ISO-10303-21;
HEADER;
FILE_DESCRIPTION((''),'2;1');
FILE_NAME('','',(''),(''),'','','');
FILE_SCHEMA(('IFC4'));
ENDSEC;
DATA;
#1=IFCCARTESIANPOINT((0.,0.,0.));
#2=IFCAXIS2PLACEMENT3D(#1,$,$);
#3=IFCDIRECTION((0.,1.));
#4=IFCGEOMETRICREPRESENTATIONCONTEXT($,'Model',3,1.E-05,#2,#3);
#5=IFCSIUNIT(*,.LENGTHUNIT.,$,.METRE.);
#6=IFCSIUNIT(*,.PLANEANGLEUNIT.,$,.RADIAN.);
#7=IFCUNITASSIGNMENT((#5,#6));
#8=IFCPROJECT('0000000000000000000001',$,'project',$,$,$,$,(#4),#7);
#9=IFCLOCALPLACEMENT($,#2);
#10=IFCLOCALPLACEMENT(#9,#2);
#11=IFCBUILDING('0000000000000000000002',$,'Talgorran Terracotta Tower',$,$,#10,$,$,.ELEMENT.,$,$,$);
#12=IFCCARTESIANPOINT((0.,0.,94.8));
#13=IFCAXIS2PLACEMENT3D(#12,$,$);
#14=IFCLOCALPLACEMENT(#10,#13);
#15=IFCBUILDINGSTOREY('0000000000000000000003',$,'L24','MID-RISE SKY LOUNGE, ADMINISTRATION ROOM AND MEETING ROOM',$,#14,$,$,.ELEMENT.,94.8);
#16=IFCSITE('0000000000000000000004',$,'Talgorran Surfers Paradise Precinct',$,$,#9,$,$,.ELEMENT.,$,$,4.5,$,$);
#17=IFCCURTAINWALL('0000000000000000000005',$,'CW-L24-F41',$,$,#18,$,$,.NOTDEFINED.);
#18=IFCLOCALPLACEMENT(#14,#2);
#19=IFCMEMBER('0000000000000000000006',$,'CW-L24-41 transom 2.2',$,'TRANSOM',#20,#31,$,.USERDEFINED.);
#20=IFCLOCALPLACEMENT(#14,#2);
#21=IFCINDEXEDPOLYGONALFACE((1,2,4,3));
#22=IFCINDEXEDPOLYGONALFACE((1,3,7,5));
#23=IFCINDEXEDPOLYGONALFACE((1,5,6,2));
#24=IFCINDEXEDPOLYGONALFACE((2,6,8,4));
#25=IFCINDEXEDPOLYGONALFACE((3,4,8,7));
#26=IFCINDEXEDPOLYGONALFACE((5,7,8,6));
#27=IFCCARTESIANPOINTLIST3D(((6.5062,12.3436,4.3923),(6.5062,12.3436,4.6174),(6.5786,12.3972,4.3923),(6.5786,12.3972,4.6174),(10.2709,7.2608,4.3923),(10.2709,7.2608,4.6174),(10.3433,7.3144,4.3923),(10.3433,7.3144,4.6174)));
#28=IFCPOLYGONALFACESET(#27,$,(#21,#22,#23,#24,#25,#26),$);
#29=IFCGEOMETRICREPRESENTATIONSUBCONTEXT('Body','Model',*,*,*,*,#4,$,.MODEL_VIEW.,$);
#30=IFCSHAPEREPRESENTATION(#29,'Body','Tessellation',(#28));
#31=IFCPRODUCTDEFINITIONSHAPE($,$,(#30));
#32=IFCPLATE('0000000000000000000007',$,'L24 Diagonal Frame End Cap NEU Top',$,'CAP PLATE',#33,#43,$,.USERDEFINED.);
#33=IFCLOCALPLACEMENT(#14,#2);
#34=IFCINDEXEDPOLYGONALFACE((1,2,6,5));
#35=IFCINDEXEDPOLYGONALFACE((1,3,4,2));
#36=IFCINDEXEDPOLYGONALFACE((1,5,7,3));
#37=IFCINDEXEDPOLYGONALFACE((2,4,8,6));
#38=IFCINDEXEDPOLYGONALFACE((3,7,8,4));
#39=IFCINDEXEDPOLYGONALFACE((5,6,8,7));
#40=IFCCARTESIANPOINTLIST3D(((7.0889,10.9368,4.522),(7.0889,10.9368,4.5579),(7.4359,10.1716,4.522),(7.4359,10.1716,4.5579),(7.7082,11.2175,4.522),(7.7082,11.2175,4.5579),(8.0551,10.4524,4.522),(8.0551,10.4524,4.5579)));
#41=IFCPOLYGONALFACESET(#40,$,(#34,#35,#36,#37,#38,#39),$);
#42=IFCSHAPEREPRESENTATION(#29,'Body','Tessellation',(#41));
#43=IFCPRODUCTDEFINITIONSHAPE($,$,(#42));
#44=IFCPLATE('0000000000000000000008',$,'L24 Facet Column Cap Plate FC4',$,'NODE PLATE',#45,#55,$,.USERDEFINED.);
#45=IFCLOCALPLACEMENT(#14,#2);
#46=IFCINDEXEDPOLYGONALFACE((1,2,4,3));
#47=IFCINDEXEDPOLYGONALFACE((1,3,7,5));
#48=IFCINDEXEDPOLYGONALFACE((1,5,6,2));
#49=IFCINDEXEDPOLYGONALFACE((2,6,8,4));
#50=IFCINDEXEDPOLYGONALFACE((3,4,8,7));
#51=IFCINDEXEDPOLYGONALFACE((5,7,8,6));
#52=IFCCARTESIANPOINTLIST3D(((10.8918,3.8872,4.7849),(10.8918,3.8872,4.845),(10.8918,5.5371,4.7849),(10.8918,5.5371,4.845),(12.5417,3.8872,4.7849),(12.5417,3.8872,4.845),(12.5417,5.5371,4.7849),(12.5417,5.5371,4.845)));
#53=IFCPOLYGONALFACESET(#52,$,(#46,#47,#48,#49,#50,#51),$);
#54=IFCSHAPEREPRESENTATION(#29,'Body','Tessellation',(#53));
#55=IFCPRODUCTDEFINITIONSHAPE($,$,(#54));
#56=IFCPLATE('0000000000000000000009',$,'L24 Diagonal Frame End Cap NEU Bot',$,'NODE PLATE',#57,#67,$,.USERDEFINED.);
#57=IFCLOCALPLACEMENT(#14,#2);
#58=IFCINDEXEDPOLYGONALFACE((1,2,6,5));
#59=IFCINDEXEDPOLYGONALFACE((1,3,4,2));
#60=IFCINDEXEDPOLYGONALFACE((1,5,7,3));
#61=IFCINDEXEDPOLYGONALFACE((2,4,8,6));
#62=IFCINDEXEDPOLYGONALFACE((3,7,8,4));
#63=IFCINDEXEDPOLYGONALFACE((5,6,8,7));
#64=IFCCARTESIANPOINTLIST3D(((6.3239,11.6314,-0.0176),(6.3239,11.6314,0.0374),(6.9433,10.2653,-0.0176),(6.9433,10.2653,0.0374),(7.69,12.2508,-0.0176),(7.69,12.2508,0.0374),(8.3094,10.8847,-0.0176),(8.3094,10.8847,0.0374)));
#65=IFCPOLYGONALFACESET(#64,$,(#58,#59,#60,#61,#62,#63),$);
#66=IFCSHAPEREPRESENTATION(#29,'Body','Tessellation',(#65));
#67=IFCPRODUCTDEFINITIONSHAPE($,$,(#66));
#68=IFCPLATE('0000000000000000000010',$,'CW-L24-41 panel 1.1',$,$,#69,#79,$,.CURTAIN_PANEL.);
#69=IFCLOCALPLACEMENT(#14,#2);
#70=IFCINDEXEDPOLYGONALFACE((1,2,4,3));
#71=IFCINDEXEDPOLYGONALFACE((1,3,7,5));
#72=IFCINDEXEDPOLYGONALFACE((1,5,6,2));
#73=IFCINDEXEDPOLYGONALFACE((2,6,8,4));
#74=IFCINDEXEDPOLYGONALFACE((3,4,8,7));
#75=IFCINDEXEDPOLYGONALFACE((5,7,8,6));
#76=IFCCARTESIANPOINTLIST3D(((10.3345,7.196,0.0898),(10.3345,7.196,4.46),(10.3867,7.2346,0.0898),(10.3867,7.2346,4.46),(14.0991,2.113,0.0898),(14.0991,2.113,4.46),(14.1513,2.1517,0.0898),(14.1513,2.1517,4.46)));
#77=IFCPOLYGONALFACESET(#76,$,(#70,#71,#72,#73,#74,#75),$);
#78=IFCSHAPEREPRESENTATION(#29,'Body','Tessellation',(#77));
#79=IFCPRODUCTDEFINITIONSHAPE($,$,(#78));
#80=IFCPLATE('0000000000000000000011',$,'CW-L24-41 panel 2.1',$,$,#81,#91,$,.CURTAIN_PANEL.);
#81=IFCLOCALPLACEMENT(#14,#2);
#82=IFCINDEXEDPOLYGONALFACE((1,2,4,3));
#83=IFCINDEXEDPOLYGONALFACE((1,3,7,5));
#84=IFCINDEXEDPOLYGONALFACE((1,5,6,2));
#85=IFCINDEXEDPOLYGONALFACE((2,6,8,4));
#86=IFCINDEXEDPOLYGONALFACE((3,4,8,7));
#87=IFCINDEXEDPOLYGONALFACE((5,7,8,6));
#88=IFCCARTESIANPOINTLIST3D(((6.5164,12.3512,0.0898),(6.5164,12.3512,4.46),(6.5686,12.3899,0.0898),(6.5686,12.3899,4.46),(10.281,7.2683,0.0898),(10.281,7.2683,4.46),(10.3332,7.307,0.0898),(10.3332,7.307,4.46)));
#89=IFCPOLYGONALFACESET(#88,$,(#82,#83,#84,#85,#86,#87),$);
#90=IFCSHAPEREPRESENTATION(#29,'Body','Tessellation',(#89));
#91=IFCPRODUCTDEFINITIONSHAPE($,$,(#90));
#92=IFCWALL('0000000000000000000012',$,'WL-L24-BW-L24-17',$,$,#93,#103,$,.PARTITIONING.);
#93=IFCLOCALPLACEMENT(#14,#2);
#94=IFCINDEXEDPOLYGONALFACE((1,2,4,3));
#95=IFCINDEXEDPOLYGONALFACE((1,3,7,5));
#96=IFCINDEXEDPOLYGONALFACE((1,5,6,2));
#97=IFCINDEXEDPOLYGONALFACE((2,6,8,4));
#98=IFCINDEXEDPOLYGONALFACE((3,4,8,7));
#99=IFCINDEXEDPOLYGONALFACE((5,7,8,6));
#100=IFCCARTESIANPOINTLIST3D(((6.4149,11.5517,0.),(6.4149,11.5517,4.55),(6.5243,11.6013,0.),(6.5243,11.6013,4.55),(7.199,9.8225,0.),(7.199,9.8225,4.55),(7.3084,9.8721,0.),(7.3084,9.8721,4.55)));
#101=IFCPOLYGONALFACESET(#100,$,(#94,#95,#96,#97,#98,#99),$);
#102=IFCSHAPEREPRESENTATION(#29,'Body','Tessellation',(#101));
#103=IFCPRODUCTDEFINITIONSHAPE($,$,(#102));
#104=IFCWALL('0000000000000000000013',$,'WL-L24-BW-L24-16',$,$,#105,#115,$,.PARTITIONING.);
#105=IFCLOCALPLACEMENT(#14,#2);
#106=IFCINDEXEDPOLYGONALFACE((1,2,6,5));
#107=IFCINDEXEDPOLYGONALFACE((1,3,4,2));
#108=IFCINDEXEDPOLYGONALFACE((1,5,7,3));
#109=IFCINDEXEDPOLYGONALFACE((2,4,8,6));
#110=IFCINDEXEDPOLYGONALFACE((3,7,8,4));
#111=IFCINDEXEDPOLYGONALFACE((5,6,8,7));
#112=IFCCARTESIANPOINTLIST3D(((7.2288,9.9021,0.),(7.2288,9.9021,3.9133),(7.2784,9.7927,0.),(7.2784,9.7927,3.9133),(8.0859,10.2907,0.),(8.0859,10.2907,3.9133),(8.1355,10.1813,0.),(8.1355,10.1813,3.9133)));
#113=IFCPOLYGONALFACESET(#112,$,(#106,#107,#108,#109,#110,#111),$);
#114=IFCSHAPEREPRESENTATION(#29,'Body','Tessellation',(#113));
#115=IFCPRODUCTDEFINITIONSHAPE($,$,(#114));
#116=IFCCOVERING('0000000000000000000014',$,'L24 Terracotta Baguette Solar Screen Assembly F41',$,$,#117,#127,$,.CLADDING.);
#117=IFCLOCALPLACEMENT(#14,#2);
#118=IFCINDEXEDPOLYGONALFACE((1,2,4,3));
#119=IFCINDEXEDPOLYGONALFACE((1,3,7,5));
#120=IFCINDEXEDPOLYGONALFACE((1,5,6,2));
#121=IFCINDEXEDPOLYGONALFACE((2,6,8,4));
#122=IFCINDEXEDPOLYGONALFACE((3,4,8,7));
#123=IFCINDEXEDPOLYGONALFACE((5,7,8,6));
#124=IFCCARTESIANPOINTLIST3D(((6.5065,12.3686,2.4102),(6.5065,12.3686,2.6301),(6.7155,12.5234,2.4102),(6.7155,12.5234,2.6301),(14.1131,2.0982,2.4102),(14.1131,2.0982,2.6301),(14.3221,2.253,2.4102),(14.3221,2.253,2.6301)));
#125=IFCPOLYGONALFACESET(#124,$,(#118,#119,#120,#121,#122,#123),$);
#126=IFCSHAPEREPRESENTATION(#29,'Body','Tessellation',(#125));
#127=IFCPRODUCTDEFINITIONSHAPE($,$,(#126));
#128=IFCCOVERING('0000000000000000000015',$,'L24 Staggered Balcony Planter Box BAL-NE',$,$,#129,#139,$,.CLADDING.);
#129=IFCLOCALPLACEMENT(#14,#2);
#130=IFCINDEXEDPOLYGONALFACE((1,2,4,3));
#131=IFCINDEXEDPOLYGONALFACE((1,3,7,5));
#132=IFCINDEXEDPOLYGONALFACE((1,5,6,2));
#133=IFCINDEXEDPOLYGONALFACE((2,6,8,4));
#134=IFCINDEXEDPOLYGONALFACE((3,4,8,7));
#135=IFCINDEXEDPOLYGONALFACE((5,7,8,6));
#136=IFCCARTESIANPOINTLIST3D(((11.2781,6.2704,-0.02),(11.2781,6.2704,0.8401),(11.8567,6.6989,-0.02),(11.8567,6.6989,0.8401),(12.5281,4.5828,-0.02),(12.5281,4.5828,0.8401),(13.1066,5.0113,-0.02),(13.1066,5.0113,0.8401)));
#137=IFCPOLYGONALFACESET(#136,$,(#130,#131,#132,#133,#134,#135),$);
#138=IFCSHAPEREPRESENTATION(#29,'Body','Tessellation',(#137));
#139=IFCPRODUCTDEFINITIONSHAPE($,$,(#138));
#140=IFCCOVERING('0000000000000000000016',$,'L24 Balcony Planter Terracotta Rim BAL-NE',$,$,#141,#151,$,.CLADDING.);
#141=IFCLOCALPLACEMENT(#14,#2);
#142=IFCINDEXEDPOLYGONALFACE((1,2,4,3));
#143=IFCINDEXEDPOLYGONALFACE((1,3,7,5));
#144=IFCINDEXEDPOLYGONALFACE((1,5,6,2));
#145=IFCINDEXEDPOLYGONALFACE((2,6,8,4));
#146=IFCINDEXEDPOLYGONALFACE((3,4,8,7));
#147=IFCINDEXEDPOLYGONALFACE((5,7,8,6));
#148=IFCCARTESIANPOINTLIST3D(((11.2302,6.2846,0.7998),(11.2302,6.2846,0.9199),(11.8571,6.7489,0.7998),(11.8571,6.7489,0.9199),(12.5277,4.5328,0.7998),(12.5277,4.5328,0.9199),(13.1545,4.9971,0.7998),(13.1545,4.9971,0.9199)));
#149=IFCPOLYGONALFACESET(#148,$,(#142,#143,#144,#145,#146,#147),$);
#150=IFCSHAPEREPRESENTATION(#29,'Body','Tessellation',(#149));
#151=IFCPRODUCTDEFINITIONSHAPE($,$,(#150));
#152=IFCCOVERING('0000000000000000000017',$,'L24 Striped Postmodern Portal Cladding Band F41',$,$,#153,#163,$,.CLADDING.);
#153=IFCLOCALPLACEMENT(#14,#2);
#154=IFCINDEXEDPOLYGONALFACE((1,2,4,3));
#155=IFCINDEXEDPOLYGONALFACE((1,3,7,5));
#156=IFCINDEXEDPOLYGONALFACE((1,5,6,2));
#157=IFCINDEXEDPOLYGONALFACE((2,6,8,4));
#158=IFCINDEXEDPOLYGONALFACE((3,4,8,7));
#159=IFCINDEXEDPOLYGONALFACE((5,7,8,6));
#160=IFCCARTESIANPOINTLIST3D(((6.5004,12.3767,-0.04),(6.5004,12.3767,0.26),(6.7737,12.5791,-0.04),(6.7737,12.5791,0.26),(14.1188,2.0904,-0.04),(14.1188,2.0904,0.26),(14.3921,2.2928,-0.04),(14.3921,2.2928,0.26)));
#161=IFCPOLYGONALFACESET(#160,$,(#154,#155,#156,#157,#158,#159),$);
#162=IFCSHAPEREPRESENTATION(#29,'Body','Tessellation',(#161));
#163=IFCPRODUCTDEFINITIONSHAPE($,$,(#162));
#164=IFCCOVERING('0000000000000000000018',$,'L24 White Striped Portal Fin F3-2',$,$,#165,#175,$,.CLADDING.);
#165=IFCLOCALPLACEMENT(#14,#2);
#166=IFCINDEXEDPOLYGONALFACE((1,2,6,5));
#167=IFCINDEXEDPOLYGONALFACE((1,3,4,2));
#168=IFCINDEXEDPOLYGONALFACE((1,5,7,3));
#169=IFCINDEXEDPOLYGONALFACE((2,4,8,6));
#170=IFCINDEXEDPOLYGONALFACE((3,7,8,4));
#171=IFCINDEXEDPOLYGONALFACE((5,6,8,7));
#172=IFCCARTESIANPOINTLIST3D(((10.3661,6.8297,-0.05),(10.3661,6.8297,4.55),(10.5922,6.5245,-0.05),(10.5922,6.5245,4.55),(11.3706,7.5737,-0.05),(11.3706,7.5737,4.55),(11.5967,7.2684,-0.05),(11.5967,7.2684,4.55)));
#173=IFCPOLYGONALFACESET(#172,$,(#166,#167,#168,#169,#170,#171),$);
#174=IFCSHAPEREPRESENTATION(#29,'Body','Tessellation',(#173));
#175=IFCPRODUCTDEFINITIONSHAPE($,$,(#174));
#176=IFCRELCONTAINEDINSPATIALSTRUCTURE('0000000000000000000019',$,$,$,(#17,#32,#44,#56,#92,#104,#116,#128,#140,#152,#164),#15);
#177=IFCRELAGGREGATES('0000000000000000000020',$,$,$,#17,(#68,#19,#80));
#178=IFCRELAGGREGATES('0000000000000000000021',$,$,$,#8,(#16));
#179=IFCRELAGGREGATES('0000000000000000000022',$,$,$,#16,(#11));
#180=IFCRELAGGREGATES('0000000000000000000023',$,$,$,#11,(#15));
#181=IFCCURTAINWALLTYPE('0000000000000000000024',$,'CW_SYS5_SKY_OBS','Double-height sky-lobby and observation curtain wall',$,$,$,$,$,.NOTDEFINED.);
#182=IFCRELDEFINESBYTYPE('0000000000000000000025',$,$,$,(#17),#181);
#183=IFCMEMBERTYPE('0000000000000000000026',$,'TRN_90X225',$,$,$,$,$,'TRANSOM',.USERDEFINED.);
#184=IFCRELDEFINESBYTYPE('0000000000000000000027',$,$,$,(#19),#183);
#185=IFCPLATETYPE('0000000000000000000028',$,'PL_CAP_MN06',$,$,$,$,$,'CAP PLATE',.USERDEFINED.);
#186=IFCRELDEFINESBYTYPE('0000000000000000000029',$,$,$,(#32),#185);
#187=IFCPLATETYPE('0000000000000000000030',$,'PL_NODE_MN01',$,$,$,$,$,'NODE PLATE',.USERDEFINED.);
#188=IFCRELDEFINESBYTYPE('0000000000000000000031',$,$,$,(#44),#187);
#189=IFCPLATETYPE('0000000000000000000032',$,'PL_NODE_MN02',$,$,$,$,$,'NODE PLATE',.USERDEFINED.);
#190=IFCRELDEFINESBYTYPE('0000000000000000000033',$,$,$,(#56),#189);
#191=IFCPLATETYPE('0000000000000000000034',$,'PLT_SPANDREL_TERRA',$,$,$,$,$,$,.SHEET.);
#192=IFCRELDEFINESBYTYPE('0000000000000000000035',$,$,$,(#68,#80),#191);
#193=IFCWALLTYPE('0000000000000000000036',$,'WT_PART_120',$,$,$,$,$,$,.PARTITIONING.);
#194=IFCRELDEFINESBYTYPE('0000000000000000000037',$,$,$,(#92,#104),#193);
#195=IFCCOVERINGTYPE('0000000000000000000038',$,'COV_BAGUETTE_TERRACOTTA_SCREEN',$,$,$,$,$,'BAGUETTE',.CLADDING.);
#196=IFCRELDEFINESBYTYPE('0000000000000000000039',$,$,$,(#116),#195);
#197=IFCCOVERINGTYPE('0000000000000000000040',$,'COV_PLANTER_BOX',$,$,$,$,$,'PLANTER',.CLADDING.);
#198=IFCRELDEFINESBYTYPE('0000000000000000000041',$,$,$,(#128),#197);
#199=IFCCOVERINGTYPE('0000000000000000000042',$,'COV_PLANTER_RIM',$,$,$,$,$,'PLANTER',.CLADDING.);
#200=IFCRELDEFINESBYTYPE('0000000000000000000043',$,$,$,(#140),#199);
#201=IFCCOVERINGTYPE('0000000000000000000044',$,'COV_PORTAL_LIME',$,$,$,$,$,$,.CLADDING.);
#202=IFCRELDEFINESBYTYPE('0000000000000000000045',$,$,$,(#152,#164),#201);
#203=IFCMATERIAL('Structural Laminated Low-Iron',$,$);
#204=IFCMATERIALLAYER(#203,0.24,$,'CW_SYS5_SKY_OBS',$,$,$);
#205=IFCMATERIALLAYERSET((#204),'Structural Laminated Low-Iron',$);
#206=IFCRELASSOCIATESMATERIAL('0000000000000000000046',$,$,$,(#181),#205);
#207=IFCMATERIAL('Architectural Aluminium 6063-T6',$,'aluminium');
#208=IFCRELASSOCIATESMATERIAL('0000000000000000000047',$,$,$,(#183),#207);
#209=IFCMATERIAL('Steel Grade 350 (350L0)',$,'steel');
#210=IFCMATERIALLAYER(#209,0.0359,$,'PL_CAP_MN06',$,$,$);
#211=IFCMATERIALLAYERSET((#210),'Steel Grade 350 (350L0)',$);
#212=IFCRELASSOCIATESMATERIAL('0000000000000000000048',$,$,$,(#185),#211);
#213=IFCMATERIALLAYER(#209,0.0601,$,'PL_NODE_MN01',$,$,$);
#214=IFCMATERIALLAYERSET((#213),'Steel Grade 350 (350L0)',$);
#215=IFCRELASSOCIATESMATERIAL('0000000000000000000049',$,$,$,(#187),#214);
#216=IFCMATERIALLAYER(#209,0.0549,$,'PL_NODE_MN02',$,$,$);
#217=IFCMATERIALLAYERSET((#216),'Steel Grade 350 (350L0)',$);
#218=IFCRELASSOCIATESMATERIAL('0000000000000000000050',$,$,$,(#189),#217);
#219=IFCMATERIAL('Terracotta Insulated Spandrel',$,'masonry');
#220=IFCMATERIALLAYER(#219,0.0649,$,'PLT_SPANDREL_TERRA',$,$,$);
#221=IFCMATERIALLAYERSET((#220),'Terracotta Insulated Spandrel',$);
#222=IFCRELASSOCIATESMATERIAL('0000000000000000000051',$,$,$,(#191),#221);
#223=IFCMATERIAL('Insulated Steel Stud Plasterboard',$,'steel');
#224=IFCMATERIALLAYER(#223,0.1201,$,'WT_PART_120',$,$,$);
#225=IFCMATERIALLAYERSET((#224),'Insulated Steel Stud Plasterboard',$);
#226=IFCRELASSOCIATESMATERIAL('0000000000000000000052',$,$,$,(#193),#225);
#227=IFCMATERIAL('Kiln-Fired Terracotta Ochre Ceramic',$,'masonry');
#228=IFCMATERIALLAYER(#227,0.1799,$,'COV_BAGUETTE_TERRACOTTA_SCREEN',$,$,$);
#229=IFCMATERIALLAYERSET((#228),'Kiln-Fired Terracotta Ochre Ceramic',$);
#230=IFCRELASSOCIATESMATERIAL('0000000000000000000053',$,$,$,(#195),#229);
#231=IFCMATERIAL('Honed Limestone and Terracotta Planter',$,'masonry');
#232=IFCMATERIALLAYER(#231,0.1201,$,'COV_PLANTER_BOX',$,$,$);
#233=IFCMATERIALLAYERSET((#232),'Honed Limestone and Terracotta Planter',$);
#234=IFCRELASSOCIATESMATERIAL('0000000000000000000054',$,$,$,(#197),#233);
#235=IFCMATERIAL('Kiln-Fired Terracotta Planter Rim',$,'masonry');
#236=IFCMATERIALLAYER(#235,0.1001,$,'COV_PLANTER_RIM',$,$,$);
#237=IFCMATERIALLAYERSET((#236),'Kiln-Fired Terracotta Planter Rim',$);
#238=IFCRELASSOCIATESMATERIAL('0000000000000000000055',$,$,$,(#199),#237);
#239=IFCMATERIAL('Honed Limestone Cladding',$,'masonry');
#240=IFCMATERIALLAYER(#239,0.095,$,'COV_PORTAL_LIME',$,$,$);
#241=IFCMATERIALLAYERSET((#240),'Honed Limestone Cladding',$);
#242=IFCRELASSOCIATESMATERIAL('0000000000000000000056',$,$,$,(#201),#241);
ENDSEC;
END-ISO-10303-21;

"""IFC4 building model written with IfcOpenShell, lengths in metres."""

from ifc_helpers import new_model, si_unit, direction, frame, frame_2d, origin, origin_2d, place, context, subcontext, project, spatial, rectangle, extrude, source, transform, mapped, material, layer, layer_set, material_profile, profile_set, type_object, type_shapes, element, aggregate, save


model = new_model("IFC4")

# Units and contexts
model_context = context("Model", 3, precision=1e-05, world=origin(), true_north=direction((0.0, 1.0)))
body_context = subcontext(model_context, "Body", "Model", "MODEL_VIEW")
ifc_project = project(units=[si_unit("LENGTHUNIT", "METRE"), si_unit("PLANEANGLEUNIT", "RADIAN")], contexts=[model_context])

# Site, building, storey
site_placement = place(None, origin())
site = spatial("IfcSite", under=ifc_project, at=site_placement, Name="Talgorran Surfers Paradise Precinct", CompositionType="ELEMENT", RefElevation=4.5)
building_placement = place(site_placement, origin())
building = spatial("IfcBuilding", under=site, at=building_placement, Name="Talgorran Terracotta Tower", CompositionType="ELEMENT")
storey_placement = place(building_placement, frame((0.0, 0.0, 94.8)))
storey = spatial("IfcBuildingStorey", under=building, at=storey_placement, Name="L24", Description="MID-RISE SKY LOUNGE, ADMINISTRATION ROOM AND MEETING ROOM", CompositionType="ELEMENT", Elevation=94.8)

# Shared definitions
ifc_material_1 = material(Name="Steel Grade 350 (350L0)", Category="steel")

# Curtain wall, member
ifc_material_2 = material(Name="Structural Laminated Low-Iron")
ifc_layer_1 = layer(ifc_material_2, 0.24, Name="CW_SYS5_SKY_OBS")
ifc_layer_set_1 = layer_set([ifc_layer_1], Name="Structural Laminated Low-Iron")
curtain_wall_type = type_object("IfcCurtainWallType", Name="CW_SYS5_SKY_OBS", Description="Double-height sky-lobby and observation curtain wall", PredefinedType="NOTDEFINED", material=ifc_layer_set_1)
curtain_wall_placement = place(storey_placement, origin())
curtain_wall = element("IfcCurtainWall", 1, at=curtain_wall_placement, inside=storey, type_object=curtain_wall_type, Name="CW-L24-F41", PredefinedType="NOTDEFINED")
ifc_material_3 = material(Name="Architectural Aluminium 6063-T6", Category="aluminium")
ifc_material_profile_1 = material_profile(ifc_material_3, rectangle(XDim=0.0901, YDim=0.2251, at=origin_2d()), Name="CWT90X225")
ifc_profile_set_1 = profile_set([ifc_material_profile_1], Name="Architectural Aluminium 6063-T6")
member_type_1 = type_object("IfcMemberType", Name="TRN_90X225", ElementType="TRANSOM", PredefinedType="USERDEFINED", material=ifc_profile_set_1)
member_1_placement = place(storey_placement, frame((10.3071, 7.2876, 4.5049), z_axis=(-0.595191, 0.803585, 0.0), x_axis=(-0.803585, -0.595191, 0.0)))
member_1 = element("IfcMember", 2, at=member_1_placement, type_object=member_type_1, Name="CW-L24-41 transom 2.2", ObjectType="TRANSOM", PredefinedType="USERDEFINED", context=body_context, shape_type="SweptSolid", body=[
    extrude(rectangle(XDim=0.0901, YDim=0.2251, at=origin_2d()), origin(), (0.0, 0.0, 1.0), 6.3252),
])

# Plates
ifc_layer_2 = layer(ifc_material_1, 0.0359, Name="PL_CAP_MN06")
ifc_layer_set_2 = layer_set([ifc_layer_2], Name="Steel Grade 350 (350L0)")
plate_type_1 = type_object("IfcPlateType", Name="PL_CAP_MN06", ElementType="CAP PLATE", PredefinedType="USERDEFINED", material=ifc_layer_set_2)
plate_1_placement = place(storey_placement, frame((7.572, 10.6946, 4.522), z_axis=(0.0, 0.0, 1.0), x_axis=(0.412945, -0.910756, 0.0)))
element("IfcPlate", 3, at=plate_1_placement, inside=storey, type_object=plate_type_1, Name="L24 Diagonal Frame End Cap NEU Top", ObjectType="CAP PLATE", PredefinedType="USERDEFINED", context=body_context, shape_type="SweptSolid", body=[
    extrude(rectangle(XDim=0.8401, YDim=0.6799, at=origin_2d()), origin(), (0.0, 0.0, 1.0), 0.0359),
])
ifc_layer_3 = layer(ifc_material_1, 0.0601, Name="PL_NODE_MN01")
ifc_layer_set_3 = layer_set([ifc_layer_3], Name="Steel Grade 350 (350L0)")
plate_type_2 = type_object("IfcPlateType", Name="PL_NODE_MN01", ElementType="NODE PLATE", PredefinedType="USERDEFINED", material=ifc_layer_set_3)
plate_2_placement = place(storey_placement, frame((11.7168, 4.7122, 4.7849), z_axis=(0.0, 0.0, 1.0), x_axis=(1.0, 0.0, 0.0)))
element("IfcPlate", 4, at=plate_2_placement, inside=storey, type_object=plate_type_2, Name="L24 Facet Column Cap Plate FC4", ObjectType="NODE PLATE", PredefinedType="USERDEFINED", context=body_context, shape_type="SweptSolid", body=[
    extrude(rectangle(XDim=1.6499, YDim=1.6499, at=origin_2d()), origin(), (0.0, 0.0, 1.0), 0.0601),
])
ifc_layer_4 = layer(ifc_material_1, 0.0549, Name="PL_NODE_MN02")
ifc_layer_set_4 = layer_set([ifc_layer_4], Name="Steel Grade 350 (350L0)")
plate_type_3 = type_object("IfcPlateType", Name="PL_NODE_MN02", ElementType="NODE PLATE", PredefinedType="USERDEFINED", material=ifc_layer_set_4)
plate_3_placement = place(storey_placement, frame((7.3167, 11.2581, -0.0176), z_axis=(0.0, 0.0, 1.0), x_axis=(0.412945, -0.910756, 0.0)))
element("IfcPlate", 5, at=plate_3_placement, inside=storey, type_object=plate_type_3, Name="L24 Diagonal Frame End Cap NEU Bot", ObjectType="NODE PLATE", PredefinedType="USERDEFINED", context=body_context, shape_type="SweptSolid", body=[
    extrude(rectangle(XDim=1.5, YDim=1.5, at=origin_2d()), origin(), (0.0, 0.0, 1.0), 0.0549),
])

# Plates
ifc_material_4 = material(Name="Terracotta Insulated Spandrel", Category="masonry")
ifc_layer_5 = layer(ifc_material_4, 0.0649, Name="PLT_SPANDREL_TERRA")
ifc_layer_set_5 = layer_set([ifc_layer_5], Name="Terracotta Insulated Spandrel")
plate_type_4 = type_object("IfcPlateType", Name="PLT_SPANDREL_TERRA", PredefinedType="SHEET", material=ifc_layer_set_5)
shared_shape = source(origin(), body_context, "Body", "SweptSolid", [
    extrude(rectangle(XDim=6.3252, YDim=0.0649, at=origin_2d()), origin(), (0.0, 0.0, 1.0), 4.3701),
])
type_shapes(plate_type_4, [shared_shape])
plate_4_placement = place(storey_placement, frame((12.2429, 4.6738, 0.0898), z_axis=(0.0, 0.0, 1.0), x_axis=(-0.595174, 0.803597, 0.0)))
plate_4 = element("IfcPlate", 6, at=plate_4_placement, type_object=plate_type_4, Name="CW-L24-41 panel 1.1", PredefinedType="CURTAIN_PANEL", context=body_context, shape_type="MappedRepresentation", body=[
    mapped(shared_shape, transform((0.0, 0.0, 0.0), scale=1.0)),
])
plate_5_placement = place(storey_placement, frame((8.4248, 9.8291, 0.0898), z_axis=(0.0, 0.0, 1.0), x_axis=(-0.595174, 0.803597, 0.0)))
plate_5 = element("IfcPlate", 7, at=plate_5_placement, type_object=plate_type_4, Name="CW-L24-41 panel 2.1", PredefinedType="CURTAIN_PANEL", context=body_context, shape_type="MappedRepresentation", body=[
    mapped(shared_shape, transform((0.0, 0.0, 0.0), scale=1.0)),
])
aggregate(curtain_wall, [plate_4, member_1, plate_5])

# Walls
ifc_material_5 = material(Name="Insulated Steel Stud Plasterboard", Category="steel")
ifc_layer_6 = layer(ifc_material_5, 0.1201, Name="WT_PART_120")
ifc_layer_set_6 = layer_set([ifc_layer_6], Name="Insulated Steel Stud Plasterboard")
wall_type = type_object("IfcWallType", Name="WT_PART_120", PredefinedType="PARTITIONING", material=ifc_layer_set_6)
wall_1_placement = place(storey_placement, frame((7.2537, 9.8474, 0.0), z_axis=(0.0, 0.0, 1.0), x_axis=(-0.412999, 0.910732, 0.0)))
element("IfcWall", 8, at=wall_1_placement, inside=storey, type_object=wall_type, Name="WL-L24-BW-L24-17", PredefinedType="PARTITIONING", context=body_context, shape_type="SweptSolid", body=[
    extrude(rectangle(XDim=1.8987, YDim=0.1201, at=frame_2d((0.9492, 0.0))), origin(), (0.0, 0.0, 1.0), 4.55),
])
wall_2_placement = place(storey_placement, frame((8.1108, 10.2361, 0.0), z_axis=(0.0, 0.0, 1.0), x_axis=(-0.910748, -0.412962, 0.0)))
element("IfcWall", 9, at=wall_2_placement, inside=storey, type_object=wall_type, Name="WL-L24-BW-L24-16", PredefinedType="PARTITIONING", context=body_context, shape_type="SweptSolid", body=[
    extrude(rectangle(XDim=0.9412, YDim=0.1201, at=frame_2d((0.4707, 0.0))), origin(), (0.0, 0.0, 1.0), 3.9133),
])

# Coverings
ifc_material_6 = material(Name="Kiln-Fired Terracotta Ochre Ceramic", Category="masonry")
ifc_layer_7 = layer(ifc_material_6, 0.1799, Name="COV_BAGUETTE_TERRACOTTA_SCREEN")
ifc_layer_set_7 = layer_set([ifc_layer_7], Name="Kiln-Fired Terracotta Ochre Ceramic")
covering_type_1 = type_object("IfcCoveringType", Name="COV_BAGUETTE_TERRACOTTA_SCREEN", ElementType="BAGUETTE", PredefinedType="CLADDING", material=ifc_layer_set_7)
covering_1_placement = place(storey_placement, frame((10.4143, 7.3108, 2.4102), z_axis=(0.0, 0.0, 1.0), x_axis=(-0.595173, 0.803597, 0.0)))
element("IfcCovering", 10, at=covering_1_placement, inside=storey, type_object=covering_type_1, Name="L24 Terracotta Baguette Solar Screen Assembly F41", PredefinedType="CLADDING", context=body_context, shape_type="SweptSolid", body=[
    extrude(rectangle(XDim=12.7805, YDim=0.26, at=origin_2d()), origin(), (0.0, 0.0, 1.0), 0.22),
])
ifc_material_7 = material(Name="Honed Limestone and Terracotta Planter", Category="masonry")
ifc_layer_8 = layer(ifc_material_7, 0.1201, Name="COV_PLANTER_BOX")
ifc_layer_set_8 = layer_set([ifc_layer_8], Name="Honed Limestone and Terracotta Planter")
covering_type_2 = type_object("IfcCoveringType", Name="COV_PLANTER_BOX", ElementType="PLANTER", PredefinedType="CLADDING", material=ifc_layer_set_8)
covering_2_placement = place(storey_placement, frame((12.1924, 5.6409, -0.02), z_axis=(0.0, 0.0, 1.0), x_axis=(-0.595173, 0.803597, 0.0)))
element("IfcCovering", 11, at=covering_2_placement, inside=storey, type_object=covering_type_2, Name="L24 Staggered Balcony Planter Box BAL-NE", PredefinedType="CLADDING", context=body_context, shape_type="SweptSolid", body=[
    extrude(rectangle(XDim=2.1001, YDim=0.72, at=origin_2d()), origin(), (0.0, 0.0, 1.0), 0.8601),
])
ifc_material_8 = material(Name="Kiln-Fired Terracotta Planter Rim", Category="masonry")
ifc_layer_9 = layer(ifc_material_8, 0.1001, Name="COV_PLANTER_RIM")
ifc_layer_set_9 = layer_set([ifc_layer_9], Name="Kiln-Fired Terracotta Planter Rim")
covering_type_3 = type_object("IfcCoveringType", Name="COV_PLANTER_RIM", ElementType="PLANTER", PredefinedType="CLADDING", material=ifc_layer_set_9)
covering_3_placement = place(storey_placement, frame((12.1924, 5.6409, 0.7998), z_axis=(0.0, 0.0, 1.0), x_axis=(-0.595173, 0.803597, 0.0)))
element("IfcCovering", 12, at=covering_3_placement, inside=storey, type_object=covering_type_3, Name="L24 Balcony Planter Terracotta Rim BAL-NE", PredefinedType="CLADDING", context=body_context, shape_type="SweptSolid", body=[
    extrude(rectangle(XDim=2.1799, YDim=0.78, at=origin_2d()), origin(), (0.0, 0.0, 1.0), 0.1201),
])
ifc_material_9 = material(Name="Honed Limestone Cladding", Category="masonry")
ifc_layer_10 = layer(ifc_material_9, 0.095, Name="COV_PORTAL_LIME")
ifc_layer_set_10 = layer_set([ifc_layer_10], Name="Honed Limestone Cladding")
covering_type_4 = type_object("IfcCoveringType", Name="COV_PORTAL_LIME", PredefinedType="CLADDING", material=ifc_layer_set_10)
covering_4_placement = place(storey_placement, frame((10.4463, 7.3347, -0.04), z_axis=(0.0, 0.0, 1.0), x_axis=(-0.595173, 0.803597, 0.0)))
element("IfcCovering", 13, at=covering_4_placement, inside=storey, type_object=covering_type_4, Name="L24 Striped Postmodern Portal Cladding Band F41", PredefinedType="CLADDING", context=body_context, shape_type="SweptSolid", body=[
    extrude(rectangle(XDim=12.8003, YDim=0.3401, at=origin_2d()), origin(), (0.0, 0.0, 1.0), 0.3),
])
covering_5_placement = place(storey_placement, frame((10.9814, 7.0491, -0.05), z_axis=(0.0, 0.0, 1.0), x_axis=(-0.595173, 0.803597, 0.0)))
element("IfcCovering", 14, at=covering_5_placement, inside=storey, type_object=covering_type_4, Name="L24 White Striped Portal Fin F3-2", PredefinedType="CLADDING", context=body_context, shape_type="SweptSolid", body=[
    extrude(rectangle(XDim=0.3799, YDim=1.25, at=origin_2d()), origin(), (0.0, 0.0, 1.0), 4.6001),
])

save(model, "model.ifc")
